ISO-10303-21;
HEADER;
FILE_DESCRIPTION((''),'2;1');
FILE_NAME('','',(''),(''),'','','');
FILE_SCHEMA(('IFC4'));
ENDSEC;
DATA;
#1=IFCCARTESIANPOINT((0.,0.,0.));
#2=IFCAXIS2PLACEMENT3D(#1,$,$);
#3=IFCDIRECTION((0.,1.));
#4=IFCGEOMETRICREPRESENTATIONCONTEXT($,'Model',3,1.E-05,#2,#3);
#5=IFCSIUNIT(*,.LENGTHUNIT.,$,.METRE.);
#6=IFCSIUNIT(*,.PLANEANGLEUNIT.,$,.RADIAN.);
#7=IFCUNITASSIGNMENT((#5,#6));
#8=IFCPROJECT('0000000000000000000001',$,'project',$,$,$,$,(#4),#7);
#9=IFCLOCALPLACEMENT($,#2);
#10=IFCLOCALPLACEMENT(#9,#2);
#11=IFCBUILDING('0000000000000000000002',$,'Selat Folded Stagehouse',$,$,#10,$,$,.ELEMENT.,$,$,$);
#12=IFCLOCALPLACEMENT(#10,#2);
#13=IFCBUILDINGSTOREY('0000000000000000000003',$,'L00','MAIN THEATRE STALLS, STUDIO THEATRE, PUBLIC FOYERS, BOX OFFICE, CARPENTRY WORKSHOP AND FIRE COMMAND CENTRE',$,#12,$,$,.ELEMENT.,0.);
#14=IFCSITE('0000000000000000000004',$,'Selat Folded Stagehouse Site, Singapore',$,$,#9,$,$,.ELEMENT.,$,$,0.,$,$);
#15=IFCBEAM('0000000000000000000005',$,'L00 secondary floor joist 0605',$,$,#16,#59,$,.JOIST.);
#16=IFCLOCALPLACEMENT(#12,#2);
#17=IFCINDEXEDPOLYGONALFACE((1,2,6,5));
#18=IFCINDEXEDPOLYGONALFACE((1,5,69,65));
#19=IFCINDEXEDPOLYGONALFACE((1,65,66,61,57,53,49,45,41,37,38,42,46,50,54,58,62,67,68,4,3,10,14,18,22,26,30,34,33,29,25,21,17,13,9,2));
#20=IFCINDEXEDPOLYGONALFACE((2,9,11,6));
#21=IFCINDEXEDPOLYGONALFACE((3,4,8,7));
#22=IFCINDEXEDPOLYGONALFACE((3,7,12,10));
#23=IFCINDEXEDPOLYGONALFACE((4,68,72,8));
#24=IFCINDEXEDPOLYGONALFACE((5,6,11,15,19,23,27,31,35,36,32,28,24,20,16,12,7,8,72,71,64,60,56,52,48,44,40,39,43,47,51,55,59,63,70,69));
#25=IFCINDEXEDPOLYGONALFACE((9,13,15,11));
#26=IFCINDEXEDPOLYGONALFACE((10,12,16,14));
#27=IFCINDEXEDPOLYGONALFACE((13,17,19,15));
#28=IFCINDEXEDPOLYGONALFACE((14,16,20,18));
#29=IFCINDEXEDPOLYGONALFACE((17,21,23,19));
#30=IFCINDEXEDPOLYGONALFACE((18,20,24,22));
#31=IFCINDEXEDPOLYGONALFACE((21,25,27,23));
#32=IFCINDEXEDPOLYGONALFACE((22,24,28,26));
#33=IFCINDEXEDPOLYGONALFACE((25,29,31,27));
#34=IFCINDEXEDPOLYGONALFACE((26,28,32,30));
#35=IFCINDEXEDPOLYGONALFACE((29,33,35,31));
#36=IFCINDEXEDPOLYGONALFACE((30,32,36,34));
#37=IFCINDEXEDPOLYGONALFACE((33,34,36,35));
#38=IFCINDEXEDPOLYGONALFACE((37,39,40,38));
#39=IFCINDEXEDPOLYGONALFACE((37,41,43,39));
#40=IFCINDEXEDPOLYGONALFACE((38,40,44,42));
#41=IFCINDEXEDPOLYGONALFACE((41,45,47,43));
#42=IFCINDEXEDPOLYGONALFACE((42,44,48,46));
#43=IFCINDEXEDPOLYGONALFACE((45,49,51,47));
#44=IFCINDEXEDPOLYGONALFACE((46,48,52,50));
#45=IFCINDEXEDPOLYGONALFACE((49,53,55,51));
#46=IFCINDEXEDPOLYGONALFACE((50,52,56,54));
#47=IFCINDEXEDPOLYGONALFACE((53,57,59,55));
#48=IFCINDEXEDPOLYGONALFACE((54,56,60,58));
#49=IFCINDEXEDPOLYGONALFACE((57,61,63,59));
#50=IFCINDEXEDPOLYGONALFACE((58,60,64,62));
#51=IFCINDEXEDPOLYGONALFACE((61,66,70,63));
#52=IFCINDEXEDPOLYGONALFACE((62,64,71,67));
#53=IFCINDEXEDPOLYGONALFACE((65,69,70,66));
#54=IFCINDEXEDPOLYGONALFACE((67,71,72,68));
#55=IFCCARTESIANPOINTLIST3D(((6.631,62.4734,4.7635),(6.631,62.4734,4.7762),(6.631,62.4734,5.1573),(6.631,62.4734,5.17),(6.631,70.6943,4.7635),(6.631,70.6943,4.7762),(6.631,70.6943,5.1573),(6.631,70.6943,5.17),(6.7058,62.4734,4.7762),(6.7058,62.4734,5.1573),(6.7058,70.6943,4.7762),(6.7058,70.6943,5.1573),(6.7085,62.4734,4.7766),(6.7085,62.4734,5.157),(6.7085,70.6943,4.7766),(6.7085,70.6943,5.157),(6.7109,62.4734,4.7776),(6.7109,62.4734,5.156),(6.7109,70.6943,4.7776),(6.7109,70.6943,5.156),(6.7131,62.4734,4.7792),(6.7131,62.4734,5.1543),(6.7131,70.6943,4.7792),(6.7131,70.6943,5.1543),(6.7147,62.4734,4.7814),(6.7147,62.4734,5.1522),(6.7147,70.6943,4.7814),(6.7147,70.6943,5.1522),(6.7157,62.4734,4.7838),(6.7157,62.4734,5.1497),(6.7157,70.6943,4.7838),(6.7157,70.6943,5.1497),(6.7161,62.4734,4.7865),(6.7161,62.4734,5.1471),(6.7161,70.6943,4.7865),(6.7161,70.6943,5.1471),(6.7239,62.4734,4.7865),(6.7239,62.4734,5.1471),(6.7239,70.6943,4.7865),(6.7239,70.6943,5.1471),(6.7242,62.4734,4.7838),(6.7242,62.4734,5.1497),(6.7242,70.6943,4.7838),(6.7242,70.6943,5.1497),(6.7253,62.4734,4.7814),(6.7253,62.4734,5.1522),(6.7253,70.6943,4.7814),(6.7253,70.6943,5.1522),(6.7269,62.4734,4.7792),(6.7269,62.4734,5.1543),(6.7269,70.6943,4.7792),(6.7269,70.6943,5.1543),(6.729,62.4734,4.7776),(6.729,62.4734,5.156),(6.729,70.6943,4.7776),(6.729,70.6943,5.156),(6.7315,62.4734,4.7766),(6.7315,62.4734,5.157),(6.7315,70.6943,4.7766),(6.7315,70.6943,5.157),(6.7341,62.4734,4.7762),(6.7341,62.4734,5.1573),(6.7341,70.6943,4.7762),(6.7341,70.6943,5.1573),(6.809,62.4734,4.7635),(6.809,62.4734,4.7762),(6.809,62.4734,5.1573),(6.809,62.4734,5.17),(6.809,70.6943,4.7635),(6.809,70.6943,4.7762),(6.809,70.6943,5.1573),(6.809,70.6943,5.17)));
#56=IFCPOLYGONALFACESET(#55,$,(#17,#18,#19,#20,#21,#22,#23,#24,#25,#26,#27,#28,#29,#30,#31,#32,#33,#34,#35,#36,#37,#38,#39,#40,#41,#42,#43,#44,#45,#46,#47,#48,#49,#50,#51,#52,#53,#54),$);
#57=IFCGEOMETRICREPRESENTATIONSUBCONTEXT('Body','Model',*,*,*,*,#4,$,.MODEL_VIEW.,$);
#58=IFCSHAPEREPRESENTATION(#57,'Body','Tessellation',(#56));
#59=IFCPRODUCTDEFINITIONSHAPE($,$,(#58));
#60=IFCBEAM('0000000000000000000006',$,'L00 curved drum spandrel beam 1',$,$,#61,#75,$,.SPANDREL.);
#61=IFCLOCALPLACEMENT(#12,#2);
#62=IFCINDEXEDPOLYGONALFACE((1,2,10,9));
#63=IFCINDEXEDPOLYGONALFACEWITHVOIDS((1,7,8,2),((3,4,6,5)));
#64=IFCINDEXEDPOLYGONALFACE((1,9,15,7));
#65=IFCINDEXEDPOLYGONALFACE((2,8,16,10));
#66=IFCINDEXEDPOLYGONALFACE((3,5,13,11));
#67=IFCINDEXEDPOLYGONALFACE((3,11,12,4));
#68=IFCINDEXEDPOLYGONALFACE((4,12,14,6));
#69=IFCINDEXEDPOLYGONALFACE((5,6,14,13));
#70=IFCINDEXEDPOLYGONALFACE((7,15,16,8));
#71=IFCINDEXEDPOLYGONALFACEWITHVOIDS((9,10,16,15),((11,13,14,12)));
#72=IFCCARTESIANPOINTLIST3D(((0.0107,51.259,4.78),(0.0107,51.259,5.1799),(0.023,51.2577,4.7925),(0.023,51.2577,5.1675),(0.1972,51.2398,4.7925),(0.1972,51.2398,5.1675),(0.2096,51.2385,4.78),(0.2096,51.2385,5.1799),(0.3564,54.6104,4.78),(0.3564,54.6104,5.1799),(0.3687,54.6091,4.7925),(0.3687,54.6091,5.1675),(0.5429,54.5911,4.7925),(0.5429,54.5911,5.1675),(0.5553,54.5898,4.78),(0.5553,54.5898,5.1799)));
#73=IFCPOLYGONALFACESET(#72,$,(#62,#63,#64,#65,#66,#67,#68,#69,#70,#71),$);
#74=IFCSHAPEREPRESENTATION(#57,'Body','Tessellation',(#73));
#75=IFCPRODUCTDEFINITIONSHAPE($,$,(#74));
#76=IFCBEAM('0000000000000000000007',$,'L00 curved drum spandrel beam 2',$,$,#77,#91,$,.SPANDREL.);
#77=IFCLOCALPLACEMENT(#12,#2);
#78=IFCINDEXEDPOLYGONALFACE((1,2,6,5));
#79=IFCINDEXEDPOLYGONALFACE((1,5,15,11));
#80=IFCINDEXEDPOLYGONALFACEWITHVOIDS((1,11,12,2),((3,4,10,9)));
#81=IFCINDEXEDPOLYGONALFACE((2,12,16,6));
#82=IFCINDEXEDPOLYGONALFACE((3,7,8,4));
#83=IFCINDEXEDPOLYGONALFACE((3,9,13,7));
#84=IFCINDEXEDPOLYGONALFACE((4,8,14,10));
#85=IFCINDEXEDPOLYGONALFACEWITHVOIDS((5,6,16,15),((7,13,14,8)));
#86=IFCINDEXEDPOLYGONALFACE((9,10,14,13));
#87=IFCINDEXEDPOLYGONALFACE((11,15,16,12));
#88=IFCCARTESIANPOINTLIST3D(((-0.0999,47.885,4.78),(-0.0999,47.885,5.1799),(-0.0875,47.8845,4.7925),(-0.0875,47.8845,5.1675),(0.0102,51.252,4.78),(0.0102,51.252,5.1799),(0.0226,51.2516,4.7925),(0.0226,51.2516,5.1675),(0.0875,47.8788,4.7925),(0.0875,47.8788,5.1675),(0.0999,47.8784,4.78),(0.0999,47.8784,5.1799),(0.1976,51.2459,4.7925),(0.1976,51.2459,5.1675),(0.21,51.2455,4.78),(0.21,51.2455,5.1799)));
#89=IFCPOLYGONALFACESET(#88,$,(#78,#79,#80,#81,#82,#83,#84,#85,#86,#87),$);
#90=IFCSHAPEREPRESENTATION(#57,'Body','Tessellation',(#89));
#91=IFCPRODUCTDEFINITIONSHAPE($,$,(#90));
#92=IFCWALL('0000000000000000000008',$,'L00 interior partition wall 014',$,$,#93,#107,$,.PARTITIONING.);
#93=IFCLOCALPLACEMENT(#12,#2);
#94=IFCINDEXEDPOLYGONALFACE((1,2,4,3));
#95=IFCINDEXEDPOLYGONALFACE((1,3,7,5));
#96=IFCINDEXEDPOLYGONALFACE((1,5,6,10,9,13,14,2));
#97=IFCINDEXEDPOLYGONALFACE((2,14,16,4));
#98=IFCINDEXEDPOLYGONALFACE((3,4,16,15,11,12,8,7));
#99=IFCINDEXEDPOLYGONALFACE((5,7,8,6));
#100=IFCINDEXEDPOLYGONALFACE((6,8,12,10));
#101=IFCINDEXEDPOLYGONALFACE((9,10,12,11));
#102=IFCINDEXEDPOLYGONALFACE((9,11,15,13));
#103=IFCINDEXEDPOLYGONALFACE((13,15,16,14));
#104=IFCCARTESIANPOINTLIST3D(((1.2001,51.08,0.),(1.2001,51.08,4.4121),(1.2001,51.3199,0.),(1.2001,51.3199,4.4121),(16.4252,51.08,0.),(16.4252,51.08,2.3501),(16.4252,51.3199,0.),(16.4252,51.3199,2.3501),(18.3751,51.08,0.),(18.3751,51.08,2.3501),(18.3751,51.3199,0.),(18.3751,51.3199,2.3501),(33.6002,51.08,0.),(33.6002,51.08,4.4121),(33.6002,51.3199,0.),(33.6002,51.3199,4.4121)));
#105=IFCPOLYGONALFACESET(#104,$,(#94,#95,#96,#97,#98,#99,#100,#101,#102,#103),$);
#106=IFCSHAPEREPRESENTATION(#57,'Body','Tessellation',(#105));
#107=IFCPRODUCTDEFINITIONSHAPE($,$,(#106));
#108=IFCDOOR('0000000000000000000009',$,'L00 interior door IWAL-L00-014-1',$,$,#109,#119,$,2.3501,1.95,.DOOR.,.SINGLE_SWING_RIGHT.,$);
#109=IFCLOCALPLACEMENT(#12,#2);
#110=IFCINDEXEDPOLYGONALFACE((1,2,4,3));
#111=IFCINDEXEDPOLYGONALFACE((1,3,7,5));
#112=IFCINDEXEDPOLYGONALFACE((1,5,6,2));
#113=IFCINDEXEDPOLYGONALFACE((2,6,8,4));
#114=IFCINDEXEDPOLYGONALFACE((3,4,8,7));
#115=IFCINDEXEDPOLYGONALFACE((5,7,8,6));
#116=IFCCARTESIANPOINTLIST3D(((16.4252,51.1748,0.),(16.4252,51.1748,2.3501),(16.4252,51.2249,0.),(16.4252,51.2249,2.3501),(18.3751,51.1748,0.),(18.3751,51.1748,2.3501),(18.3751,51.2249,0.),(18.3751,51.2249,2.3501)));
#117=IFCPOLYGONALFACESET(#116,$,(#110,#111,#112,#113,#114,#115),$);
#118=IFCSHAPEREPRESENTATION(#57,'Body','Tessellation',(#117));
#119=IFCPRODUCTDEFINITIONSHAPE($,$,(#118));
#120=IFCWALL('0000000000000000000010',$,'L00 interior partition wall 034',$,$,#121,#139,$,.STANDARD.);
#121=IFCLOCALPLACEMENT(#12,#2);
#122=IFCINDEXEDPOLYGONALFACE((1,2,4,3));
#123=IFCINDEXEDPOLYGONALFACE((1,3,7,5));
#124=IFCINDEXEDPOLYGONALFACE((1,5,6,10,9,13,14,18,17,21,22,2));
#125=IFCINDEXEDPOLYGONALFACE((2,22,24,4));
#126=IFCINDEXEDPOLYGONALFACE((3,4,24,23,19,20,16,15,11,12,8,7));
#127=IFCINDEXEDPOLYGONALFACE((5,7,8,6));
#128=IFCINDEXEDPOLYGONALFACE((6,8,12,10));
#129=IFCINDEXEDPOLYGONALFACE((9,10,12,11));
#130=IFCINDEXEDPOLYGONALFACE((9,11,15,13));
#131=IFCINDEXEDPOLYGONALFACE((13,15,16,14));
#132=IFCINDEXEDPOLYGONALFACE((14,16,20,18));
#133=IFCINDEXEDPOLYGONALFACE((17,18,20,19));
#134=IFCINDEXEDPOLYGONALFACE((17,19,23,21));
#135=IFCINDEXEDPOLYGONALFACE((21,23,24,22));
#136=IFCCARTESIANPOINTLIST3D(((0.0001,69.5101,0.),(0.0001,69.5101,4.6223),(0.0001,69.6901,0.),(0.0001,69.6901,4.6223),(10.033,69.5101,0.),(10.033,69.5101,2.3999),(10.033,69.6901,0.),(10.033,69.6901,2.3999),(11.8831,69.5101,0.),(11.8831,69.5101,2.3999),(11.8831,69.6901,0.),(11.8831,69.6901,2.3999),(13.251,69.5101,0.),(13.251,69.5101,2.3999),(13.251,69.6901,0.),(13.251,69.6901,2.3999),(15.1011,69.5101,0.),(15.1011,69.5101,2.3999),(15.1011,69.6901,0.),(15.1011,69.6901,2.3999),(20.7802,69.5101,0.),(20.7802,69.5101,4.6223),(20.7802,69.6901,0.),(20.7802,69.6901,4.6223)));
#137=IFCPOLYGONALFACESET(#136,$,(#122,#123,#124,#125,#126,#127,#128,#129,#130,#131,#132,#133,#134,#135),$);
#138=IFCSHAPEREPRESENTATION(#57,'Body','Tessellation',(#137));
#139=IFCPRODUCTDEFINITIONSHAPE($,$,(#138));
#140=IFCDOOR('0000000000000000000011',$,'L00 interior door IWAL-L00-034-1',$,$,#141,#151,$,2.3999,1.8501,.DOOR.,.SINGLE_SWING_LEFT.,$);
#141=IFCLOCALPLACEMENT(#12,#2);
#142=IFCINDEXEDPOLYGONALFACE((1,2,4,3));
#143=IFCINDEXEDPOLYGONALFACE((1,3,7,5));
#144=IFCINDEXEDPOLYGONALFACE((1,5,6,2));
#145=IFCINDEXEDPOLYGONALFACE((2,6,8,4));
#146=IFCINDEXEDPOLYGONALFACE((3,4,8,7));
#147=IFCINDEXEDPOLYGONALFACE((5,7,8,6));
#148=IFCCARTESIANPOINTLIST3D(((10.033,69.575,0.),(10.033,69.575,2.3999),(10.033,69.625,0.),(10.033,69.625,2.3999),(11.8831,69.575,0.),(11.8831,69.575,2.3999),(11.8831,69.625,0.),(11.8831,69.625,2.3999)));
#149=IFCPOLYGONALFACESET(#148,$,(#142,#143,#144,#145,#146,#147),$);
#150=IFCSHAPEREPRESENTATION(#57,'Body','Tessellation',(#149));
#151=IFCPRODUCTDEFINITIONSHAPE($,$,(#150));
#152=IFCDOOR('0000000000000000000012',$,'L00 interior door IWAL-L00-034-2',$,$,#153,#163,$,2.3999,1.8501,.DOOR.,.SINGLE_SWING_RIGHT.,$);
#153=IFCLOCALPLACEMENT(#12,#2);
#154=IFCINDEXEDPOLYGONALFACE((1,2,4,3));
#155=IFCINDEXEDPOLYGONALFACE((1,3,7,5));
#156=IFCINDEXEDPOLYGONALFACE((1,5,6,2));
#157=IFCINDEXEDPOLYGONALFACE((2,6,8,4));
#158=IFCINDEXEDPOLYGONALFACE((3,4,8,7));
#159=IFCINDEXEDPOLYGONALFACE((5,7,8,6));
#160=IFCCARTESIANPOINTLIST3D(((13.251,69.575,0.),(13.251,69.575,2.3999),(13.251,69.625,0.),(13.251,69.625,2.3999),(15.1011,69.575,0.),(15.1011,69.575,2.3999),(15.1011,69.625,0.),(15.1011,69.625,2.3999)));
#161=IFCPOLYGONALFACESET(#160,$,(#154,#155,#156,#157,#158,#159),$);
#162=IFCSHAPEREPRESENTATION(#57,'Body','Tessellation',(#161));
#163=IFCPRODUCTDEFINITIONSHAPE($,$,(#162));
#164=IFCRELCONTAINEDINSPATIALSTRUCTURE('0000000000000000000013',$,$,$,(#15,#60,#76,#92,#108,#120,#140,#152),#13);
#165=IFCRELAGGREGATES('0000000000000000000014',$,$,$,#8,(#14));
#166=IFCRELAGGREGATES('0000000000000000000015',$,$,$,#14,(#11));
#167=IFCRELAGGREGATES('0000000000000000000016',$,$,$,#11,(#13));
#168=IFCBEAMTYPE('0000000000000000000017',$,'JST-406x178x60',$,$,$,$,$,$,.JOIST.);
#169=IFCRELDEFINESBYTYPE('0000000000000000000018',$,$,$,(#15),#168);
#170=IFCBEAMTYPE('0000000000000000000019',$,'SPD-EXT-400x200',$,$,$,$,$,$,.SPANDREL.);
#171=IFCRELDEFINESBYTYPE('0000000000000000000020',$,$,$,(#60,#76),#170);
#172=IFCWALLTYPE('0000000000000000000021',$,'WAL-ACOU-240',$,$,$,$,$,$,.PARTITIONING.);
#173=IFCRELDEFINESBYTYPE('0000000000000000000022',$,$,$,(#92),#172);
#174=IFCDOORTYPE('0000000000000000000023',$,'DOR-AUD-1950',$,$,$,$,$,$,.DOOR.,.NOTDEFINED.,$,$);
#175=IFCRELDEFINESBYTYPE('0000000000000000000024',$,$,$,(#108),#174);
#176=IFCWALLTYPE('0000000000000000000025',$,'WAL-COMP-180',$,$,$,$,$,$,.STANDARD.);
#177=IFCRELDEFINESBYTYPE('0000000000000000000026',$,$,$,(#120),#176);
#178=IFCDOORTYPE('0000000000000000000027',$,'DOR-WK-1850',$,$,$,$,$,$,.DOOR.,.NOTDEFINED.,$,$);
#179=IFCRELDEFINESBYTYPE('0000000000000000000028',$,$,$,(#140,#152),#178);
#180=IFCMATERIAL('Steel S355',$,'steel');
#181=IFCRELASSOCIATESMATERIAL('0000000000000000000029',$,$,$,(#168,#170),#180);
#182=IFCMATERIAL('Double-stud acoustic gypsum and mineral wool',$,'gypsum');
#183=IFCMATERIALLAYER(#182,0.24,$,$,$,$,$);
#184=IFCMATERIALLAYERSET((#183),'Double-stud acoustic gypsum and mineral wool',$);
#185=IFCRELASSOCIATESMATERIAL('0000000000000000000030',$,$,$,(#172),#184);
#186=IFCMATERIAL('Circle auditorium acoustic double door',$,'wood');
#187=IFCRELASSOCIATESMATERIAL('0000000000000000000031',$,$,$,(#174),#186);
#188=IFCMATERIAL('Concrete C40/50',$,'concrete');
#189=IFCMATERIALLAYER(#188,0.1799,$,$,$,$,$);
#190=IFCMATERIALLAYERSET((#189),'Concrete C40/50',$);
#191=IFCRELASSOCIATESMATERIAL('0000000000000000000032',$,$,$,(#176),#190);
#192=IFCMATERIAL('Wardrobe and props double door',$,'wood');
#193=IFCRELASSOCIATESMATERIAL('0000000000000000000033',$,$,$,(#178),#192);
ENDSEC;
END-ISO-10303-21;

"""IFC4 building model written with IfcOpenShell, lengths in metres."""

from ifc_helpers import new_model, si_unit, direction, frame, frame_2d, origin, origin_2d, place, context, subcontext, project, spatial, rectangle, hollow_rectangle, i_section, extrude, material, layer, layer_set, material_profile, profile_set, type_object, element, fill, save


model = new_model("IFC4")

# Units and contexts
model_context = context("Model", 3, precision=1e-05, world=origin(), true_north=direction((0.0, 1.0)))
body_context = subcontext(model_context, "Body", "Model", "MODEL_VIEW")
ifc_project = project(units=[si_unit("LENGTHUNIT", "METRE"), si_unit("PLANEANGLEUNIT", "RADIAN")], contexts=[model_context])

# Site, building, storey
site_placement = place(None, origin())
site = spatial("IfcSite", under=ifc_project, at=site_placement, Name="Selat Folded Stagehouse Site, Singapore", CompositionType="ELEMENT", RefElevation=0.0)
building_placement = place(site_placement, origin())
building = spatial("IfcBuilding", under=site, at=building_placement, Name="Selat Folded Stagehouse", CompositionType="ELEMENT")
storey_placement = place(building_placement, origin())
storey = spatial("IfcBuildingStorey", under=building, at=storey_placement, Name="L00", Description="MAIN THEATRE STALLS, STUDIO THEATRE, PUBLIC FOYERS, BOX OFFICE, CARPENTRY WORKSHOP AND FIRE COMMAND CENTRE", CompositionType="ELEMENT", Elevation=0.0)

# Shared definitions
ifc_material_1 = material(Name="Steel S355", Category="steel")

# Beams
ifc_material_profile_1 = material_profile(ifc_material_1, i_section(OverallWidth=0.178, OverallDepth=0.4065, WebThickness=0.0078, FlangeThickness=0.0127, FilletRadius=0.0103, at=origin_2d()), Name="UKB 406x178x60")
ifc_profile_set_1 = profile_set([ifc_material_profile_1], Name="Steel S355")
beam_type_1 = type_object("IfcBeamType", Name="JST-406x178x60", PredefinedType="JOIST", material=ifc_profile_set_1)
beam_1_placement = place(storey_placement, frame((6.72, 62.4734, 4.9668), z_axis=(0.0, 1.0, 0.0), x_axis=(-1.0, 0.0, 0.0)))
element("IfcBeam", 1, at=beam_1_placement, inside=storey, type_object=beam_type_1, Name="L00 secondary floor joist 0605", PredefinedType="JOIST", context=body_context, shape_type="SweptSolid", body=[
    extrude(i_section(OverallWidth=0.178, OverallDepth=0.4065, WebThickness=0.0078, FlangeThickness=0.0127, FilletRadius=0.0103, at=origin_2d()), origin(), (0.0, 0.0, 1.0), 8.2209),
])
ifc_material_profile_2 = material_profile(ifc_material_1, hollow_rectangle(XDim=0.2, YDim=0.3999, WallThickness=0.0125, at=origin_2d()), Name="RHS 400x200x12.5")
ifc_profile_set_2 = profile_set([ifc_material_profile_2], Name="Steel S355")
beam_type_2 = type_object("IfcBeamType", Name="SPD-EXT-400x200", PredefinedType="SPANDREL", material=ifc_profile_set_2)
beam_2_placement = place(storey_placement, frame((0.4558, 54.6001, 4.98), z_axis=(-0.10261, -0.994722, 0.0), x_axis=(0.994722, -0.10261, 0.0)))
element("IfcBeam", 2, at=beam_2_placement, inside=storey, type_object=beam_type_2, Name="L00 curved drum spandrel beam 1", PredefinedType="SPANDREL", context=body_context, shape_type="SweptSolid", body=[
    extrude(hollow_rectangle(XDim=0.2, YDim=0.3999, WallThickness=0.0125, at=origin_2d()), origin(), (0.0, 0.0, 1.0), 3.3691),
])
beam_3_placement = place(storey_placement, frame((0.1101, 51.2488, 4.98), z_axis=(-0.032683, -0.999466, 0.0), x_axis=(0.999466, -0.032683, 0.0)))
element("IfcBeam", 3, at=beam_3_placement, inside=storey, type_object=beam_type_2, Name="L00 curved drum spandrel beam 2", PredefinedType="SPANDREL", context=body_context, shape_type="SweptSolid", body=[
    extrude(hollow_rectangle(XDim=0.2, YDim=0.3999, WallThickness=0.0125, at=origin_2d()), origin(), (0.0, 0.0, 1.0), 3.3689),
])

# Wall, opening, door
ifc_material_2 = material(Name="Double-stud acoustic gypsum and mineral wool", Category="gypsum")
ifc_layer_1 = layer(ifc_material_2, 0.24)
ifc_layer_set_1 = layer_set([ifc_layer_1], Name="Double-stud acoustic gypsum and mineral wool")
wall_type_1 = type_object("IfcWallType", Name="WAL-ACOU-240", PredefinedType="PARTITIONING", material=ifc_layer_set_1)
wall_1_placement = place(storey_placement, frame((1.2, 51.2, 0.0), z_axis=(0.0, 0.0, 1.0), x_axis=(1.0, 0.0, 0.0)))
wall_1 = element("IfcWall", 4, at=wall_1_placement, inside=storey, type_object=wall_type_1, Name="L00 interior partition wall 014", PredefinedType="PARTITIONING", context=body_context, shape_type="SweptSolid", body=[
    extrude(rectangle(XDim=32.4001, YDim=0.24, at=frame_2d((16.2002, 0.0))), origin(), (0.0, 0.0, 1.0), 4.4121),
])
opening_1_placement = place(wall_1_placement, frame((15.2251, 0.0, 0.0)))
opening_1 = element("IfcOpeningElement", 5, at=opening_1_placement, cuts=wall_1, PredefinedType="OPENING", context=body_context, shape_type="SweptSolid", body=[
    extrude(rectangle(XDim=1.95, YDim=2.3501, at=frame_2d((0.9751, 1.175))), frame((0.0, 0.1299, 0.0), z_axis=(0.0, -1.0, 0.0), x_axis=(1.0, 0.0, 0.0)), (0.0, 0.0, 1.0), 0.26),
])
ifc_material_3 = material(Name="Circle auditorium acoustic double door", Category="wood")
door_type_1 = type_object("IfcDoorType", Name="DOR-AUD-1950", OperationType="NOTDEFINED", PredefinedType="DOOR", material=ifc_material_3)
door_1_placement = place(opening_1_placement, origin())
door_1 = element("IfcDoor", 6, at=door_1_placement, inside=storey, type_object=door_type_1, Name="L00 interior door IWAL-L00-014-1", OperationType="SINGLE_SWING_RIGHT", OverallHeight=2.3501, OverallWidth=1.95, PredefinedType="DOOR", context=body_context, shape_type="SweptSolid", body=[
    extrude(rectangle(XDim=1.95, YDim=2.3501, at=frame_2d((0.9751, 1.175))), frame((0.0, 0.0249, 0.0), z_axis=(0.0, -1.0, 0.0), x_axis=(1.0, 0.0, 0.0)), (0.0, 0.0, 1.0), 0.05),
])
fill(opening_1, door_1)

# Wall, openings, doors
ifc_material_4 = material(Name="Concrete C40/50", Category="concrete")
ifc_layer_2 = layer(ifc_material_4, 0.1799)
ifc_layer_set_2 = layer_set([ifc_layer_2], Name="Concrete C40/50")
wall_type_2 = type_object("IfcWallType", Name="WAL-COMP-180", PredefinedType="STANDARD", material=ifc_layer_set_2)
wall_2_placement = place(storey_placement, frame((0.0, 69.6001, 0.0), z_axis=(0.0, 0.0, 1.0), x_axis=(1.0, 0.0, 0.0)))
wall_2 = element("IfcWall", 7, at=wall_2_placement, inside=storey, type_object=wall_type_2, Name="L00 interior partition wall 034", PredefinedType="STANDARD", context=body_context, shape_type="SweptSolid", body=[
    extrude(rectangle(XDim=20.78, YDim=0.1799, at=frame_2d((10.3901, 0.0))), origin(), (0.0, 0.0, 1.0), 4.6223),
])
opening_2_placement = place(wall_2_placement, frame((10.033, 0.0, 0.0)))
opening_2 = element("IfcOpeningElement", 8, at=opening_2_placement, cuts=wall_2, PredefinedType="OPENING", context=body_context, shape_type="SweptSolid", body=[
    extrude(rectangle(XDim=1.8501, YDim=2.3999, at=frame_2d((0.925, 1.2))), frame((0.0, 0.0999, 0.0), z_axis=(0.0, -1.0, 0.0), x_axis=(1.0, 0.0, 0.0)), (0.0, 0.0, 1.0), 0.2),
])
opening_3_placement = place(wall_2_placement, frame((13.251, 0.0, 0.0)))
opening_3 = element("IfcOpeningElement", 9, at=opening_3_placement, cuts=wall_2, PredefinedType="OPENING", context=body_context, shape_type="SweptSolid", body=[
    extrude(rectangle(XDim=1.8501, YDim=2.3999, at=frame_2d((0.925, 1.2))), frame((0.0, 0.0999, 0.0), z_axis=(0.0, -1.0, 0.0), x_axis=(1.0, 0.0, 0.0)), (0.0, 0.0, 1.0), 0.2),
])
ifc_material_5 = material(Name="Wardrobe and props double door", Category="wood")
door_type_2 = type_object("IfcDoorType", Name="DOR-WK-1850", OperationType="NOTDEFINED", PredefinedType="DOOR", material=ifc_material_5)
door_2_placement = place(opening_2_placement, origin())
door_2 = element("IfcDoor", 10, at=door_2_placement, inside=storey, type_object=door_type_2, Name="L00 interior door IWAL-L00-034-1", OperationType="SINGLE_SWING_LEFT", OverallHeight=2.3999, OverallWidth=1.8501, PredefinedType="DOOR", context=body_context, shape_type="SweptSolid", body=[
    extrude(rectangle(XDim=1.8501, YDim=2.3999, at=frame_2d((0.925, 1.2))), frame((0.0, 0.0249, 0.0), z_axis=(0.0, -1.0, 0.0), x_axis=(1.0, 0.0, 0.0)), (0.0, 0.0, 1.0), 0.05),
])
fill(opening_2, door_2)
door_3_placement = place(opening_3_placement, origin())
door_3 = element("IfcDoor", 11, at=door_3_placement, inside=storey, type_object=door_type_2, Name="L00 interior door IWAL-L00-034-2", OperationType="SINGLE_SWING_RIGHT", OverallHeight=2.3999, OverallWidth=1.8501, PredefinedType="DOOR", context=body_context, shape_type="SweptSolid", body=[
    extrude(rectangle(XDim=1.8501, YDim=2.3999, at=frame_2d((0.925, 1.2))), frame((0.0, 0.0249, 0.0), z_axis=(0.0, -1.0, 0.0), x_axis=(1.0, 0.0, 0.0)), (0.0, 0.0, 1.0), 0.05),
])
fill(opening_3, door_3)

save(model, "model.ifc")
